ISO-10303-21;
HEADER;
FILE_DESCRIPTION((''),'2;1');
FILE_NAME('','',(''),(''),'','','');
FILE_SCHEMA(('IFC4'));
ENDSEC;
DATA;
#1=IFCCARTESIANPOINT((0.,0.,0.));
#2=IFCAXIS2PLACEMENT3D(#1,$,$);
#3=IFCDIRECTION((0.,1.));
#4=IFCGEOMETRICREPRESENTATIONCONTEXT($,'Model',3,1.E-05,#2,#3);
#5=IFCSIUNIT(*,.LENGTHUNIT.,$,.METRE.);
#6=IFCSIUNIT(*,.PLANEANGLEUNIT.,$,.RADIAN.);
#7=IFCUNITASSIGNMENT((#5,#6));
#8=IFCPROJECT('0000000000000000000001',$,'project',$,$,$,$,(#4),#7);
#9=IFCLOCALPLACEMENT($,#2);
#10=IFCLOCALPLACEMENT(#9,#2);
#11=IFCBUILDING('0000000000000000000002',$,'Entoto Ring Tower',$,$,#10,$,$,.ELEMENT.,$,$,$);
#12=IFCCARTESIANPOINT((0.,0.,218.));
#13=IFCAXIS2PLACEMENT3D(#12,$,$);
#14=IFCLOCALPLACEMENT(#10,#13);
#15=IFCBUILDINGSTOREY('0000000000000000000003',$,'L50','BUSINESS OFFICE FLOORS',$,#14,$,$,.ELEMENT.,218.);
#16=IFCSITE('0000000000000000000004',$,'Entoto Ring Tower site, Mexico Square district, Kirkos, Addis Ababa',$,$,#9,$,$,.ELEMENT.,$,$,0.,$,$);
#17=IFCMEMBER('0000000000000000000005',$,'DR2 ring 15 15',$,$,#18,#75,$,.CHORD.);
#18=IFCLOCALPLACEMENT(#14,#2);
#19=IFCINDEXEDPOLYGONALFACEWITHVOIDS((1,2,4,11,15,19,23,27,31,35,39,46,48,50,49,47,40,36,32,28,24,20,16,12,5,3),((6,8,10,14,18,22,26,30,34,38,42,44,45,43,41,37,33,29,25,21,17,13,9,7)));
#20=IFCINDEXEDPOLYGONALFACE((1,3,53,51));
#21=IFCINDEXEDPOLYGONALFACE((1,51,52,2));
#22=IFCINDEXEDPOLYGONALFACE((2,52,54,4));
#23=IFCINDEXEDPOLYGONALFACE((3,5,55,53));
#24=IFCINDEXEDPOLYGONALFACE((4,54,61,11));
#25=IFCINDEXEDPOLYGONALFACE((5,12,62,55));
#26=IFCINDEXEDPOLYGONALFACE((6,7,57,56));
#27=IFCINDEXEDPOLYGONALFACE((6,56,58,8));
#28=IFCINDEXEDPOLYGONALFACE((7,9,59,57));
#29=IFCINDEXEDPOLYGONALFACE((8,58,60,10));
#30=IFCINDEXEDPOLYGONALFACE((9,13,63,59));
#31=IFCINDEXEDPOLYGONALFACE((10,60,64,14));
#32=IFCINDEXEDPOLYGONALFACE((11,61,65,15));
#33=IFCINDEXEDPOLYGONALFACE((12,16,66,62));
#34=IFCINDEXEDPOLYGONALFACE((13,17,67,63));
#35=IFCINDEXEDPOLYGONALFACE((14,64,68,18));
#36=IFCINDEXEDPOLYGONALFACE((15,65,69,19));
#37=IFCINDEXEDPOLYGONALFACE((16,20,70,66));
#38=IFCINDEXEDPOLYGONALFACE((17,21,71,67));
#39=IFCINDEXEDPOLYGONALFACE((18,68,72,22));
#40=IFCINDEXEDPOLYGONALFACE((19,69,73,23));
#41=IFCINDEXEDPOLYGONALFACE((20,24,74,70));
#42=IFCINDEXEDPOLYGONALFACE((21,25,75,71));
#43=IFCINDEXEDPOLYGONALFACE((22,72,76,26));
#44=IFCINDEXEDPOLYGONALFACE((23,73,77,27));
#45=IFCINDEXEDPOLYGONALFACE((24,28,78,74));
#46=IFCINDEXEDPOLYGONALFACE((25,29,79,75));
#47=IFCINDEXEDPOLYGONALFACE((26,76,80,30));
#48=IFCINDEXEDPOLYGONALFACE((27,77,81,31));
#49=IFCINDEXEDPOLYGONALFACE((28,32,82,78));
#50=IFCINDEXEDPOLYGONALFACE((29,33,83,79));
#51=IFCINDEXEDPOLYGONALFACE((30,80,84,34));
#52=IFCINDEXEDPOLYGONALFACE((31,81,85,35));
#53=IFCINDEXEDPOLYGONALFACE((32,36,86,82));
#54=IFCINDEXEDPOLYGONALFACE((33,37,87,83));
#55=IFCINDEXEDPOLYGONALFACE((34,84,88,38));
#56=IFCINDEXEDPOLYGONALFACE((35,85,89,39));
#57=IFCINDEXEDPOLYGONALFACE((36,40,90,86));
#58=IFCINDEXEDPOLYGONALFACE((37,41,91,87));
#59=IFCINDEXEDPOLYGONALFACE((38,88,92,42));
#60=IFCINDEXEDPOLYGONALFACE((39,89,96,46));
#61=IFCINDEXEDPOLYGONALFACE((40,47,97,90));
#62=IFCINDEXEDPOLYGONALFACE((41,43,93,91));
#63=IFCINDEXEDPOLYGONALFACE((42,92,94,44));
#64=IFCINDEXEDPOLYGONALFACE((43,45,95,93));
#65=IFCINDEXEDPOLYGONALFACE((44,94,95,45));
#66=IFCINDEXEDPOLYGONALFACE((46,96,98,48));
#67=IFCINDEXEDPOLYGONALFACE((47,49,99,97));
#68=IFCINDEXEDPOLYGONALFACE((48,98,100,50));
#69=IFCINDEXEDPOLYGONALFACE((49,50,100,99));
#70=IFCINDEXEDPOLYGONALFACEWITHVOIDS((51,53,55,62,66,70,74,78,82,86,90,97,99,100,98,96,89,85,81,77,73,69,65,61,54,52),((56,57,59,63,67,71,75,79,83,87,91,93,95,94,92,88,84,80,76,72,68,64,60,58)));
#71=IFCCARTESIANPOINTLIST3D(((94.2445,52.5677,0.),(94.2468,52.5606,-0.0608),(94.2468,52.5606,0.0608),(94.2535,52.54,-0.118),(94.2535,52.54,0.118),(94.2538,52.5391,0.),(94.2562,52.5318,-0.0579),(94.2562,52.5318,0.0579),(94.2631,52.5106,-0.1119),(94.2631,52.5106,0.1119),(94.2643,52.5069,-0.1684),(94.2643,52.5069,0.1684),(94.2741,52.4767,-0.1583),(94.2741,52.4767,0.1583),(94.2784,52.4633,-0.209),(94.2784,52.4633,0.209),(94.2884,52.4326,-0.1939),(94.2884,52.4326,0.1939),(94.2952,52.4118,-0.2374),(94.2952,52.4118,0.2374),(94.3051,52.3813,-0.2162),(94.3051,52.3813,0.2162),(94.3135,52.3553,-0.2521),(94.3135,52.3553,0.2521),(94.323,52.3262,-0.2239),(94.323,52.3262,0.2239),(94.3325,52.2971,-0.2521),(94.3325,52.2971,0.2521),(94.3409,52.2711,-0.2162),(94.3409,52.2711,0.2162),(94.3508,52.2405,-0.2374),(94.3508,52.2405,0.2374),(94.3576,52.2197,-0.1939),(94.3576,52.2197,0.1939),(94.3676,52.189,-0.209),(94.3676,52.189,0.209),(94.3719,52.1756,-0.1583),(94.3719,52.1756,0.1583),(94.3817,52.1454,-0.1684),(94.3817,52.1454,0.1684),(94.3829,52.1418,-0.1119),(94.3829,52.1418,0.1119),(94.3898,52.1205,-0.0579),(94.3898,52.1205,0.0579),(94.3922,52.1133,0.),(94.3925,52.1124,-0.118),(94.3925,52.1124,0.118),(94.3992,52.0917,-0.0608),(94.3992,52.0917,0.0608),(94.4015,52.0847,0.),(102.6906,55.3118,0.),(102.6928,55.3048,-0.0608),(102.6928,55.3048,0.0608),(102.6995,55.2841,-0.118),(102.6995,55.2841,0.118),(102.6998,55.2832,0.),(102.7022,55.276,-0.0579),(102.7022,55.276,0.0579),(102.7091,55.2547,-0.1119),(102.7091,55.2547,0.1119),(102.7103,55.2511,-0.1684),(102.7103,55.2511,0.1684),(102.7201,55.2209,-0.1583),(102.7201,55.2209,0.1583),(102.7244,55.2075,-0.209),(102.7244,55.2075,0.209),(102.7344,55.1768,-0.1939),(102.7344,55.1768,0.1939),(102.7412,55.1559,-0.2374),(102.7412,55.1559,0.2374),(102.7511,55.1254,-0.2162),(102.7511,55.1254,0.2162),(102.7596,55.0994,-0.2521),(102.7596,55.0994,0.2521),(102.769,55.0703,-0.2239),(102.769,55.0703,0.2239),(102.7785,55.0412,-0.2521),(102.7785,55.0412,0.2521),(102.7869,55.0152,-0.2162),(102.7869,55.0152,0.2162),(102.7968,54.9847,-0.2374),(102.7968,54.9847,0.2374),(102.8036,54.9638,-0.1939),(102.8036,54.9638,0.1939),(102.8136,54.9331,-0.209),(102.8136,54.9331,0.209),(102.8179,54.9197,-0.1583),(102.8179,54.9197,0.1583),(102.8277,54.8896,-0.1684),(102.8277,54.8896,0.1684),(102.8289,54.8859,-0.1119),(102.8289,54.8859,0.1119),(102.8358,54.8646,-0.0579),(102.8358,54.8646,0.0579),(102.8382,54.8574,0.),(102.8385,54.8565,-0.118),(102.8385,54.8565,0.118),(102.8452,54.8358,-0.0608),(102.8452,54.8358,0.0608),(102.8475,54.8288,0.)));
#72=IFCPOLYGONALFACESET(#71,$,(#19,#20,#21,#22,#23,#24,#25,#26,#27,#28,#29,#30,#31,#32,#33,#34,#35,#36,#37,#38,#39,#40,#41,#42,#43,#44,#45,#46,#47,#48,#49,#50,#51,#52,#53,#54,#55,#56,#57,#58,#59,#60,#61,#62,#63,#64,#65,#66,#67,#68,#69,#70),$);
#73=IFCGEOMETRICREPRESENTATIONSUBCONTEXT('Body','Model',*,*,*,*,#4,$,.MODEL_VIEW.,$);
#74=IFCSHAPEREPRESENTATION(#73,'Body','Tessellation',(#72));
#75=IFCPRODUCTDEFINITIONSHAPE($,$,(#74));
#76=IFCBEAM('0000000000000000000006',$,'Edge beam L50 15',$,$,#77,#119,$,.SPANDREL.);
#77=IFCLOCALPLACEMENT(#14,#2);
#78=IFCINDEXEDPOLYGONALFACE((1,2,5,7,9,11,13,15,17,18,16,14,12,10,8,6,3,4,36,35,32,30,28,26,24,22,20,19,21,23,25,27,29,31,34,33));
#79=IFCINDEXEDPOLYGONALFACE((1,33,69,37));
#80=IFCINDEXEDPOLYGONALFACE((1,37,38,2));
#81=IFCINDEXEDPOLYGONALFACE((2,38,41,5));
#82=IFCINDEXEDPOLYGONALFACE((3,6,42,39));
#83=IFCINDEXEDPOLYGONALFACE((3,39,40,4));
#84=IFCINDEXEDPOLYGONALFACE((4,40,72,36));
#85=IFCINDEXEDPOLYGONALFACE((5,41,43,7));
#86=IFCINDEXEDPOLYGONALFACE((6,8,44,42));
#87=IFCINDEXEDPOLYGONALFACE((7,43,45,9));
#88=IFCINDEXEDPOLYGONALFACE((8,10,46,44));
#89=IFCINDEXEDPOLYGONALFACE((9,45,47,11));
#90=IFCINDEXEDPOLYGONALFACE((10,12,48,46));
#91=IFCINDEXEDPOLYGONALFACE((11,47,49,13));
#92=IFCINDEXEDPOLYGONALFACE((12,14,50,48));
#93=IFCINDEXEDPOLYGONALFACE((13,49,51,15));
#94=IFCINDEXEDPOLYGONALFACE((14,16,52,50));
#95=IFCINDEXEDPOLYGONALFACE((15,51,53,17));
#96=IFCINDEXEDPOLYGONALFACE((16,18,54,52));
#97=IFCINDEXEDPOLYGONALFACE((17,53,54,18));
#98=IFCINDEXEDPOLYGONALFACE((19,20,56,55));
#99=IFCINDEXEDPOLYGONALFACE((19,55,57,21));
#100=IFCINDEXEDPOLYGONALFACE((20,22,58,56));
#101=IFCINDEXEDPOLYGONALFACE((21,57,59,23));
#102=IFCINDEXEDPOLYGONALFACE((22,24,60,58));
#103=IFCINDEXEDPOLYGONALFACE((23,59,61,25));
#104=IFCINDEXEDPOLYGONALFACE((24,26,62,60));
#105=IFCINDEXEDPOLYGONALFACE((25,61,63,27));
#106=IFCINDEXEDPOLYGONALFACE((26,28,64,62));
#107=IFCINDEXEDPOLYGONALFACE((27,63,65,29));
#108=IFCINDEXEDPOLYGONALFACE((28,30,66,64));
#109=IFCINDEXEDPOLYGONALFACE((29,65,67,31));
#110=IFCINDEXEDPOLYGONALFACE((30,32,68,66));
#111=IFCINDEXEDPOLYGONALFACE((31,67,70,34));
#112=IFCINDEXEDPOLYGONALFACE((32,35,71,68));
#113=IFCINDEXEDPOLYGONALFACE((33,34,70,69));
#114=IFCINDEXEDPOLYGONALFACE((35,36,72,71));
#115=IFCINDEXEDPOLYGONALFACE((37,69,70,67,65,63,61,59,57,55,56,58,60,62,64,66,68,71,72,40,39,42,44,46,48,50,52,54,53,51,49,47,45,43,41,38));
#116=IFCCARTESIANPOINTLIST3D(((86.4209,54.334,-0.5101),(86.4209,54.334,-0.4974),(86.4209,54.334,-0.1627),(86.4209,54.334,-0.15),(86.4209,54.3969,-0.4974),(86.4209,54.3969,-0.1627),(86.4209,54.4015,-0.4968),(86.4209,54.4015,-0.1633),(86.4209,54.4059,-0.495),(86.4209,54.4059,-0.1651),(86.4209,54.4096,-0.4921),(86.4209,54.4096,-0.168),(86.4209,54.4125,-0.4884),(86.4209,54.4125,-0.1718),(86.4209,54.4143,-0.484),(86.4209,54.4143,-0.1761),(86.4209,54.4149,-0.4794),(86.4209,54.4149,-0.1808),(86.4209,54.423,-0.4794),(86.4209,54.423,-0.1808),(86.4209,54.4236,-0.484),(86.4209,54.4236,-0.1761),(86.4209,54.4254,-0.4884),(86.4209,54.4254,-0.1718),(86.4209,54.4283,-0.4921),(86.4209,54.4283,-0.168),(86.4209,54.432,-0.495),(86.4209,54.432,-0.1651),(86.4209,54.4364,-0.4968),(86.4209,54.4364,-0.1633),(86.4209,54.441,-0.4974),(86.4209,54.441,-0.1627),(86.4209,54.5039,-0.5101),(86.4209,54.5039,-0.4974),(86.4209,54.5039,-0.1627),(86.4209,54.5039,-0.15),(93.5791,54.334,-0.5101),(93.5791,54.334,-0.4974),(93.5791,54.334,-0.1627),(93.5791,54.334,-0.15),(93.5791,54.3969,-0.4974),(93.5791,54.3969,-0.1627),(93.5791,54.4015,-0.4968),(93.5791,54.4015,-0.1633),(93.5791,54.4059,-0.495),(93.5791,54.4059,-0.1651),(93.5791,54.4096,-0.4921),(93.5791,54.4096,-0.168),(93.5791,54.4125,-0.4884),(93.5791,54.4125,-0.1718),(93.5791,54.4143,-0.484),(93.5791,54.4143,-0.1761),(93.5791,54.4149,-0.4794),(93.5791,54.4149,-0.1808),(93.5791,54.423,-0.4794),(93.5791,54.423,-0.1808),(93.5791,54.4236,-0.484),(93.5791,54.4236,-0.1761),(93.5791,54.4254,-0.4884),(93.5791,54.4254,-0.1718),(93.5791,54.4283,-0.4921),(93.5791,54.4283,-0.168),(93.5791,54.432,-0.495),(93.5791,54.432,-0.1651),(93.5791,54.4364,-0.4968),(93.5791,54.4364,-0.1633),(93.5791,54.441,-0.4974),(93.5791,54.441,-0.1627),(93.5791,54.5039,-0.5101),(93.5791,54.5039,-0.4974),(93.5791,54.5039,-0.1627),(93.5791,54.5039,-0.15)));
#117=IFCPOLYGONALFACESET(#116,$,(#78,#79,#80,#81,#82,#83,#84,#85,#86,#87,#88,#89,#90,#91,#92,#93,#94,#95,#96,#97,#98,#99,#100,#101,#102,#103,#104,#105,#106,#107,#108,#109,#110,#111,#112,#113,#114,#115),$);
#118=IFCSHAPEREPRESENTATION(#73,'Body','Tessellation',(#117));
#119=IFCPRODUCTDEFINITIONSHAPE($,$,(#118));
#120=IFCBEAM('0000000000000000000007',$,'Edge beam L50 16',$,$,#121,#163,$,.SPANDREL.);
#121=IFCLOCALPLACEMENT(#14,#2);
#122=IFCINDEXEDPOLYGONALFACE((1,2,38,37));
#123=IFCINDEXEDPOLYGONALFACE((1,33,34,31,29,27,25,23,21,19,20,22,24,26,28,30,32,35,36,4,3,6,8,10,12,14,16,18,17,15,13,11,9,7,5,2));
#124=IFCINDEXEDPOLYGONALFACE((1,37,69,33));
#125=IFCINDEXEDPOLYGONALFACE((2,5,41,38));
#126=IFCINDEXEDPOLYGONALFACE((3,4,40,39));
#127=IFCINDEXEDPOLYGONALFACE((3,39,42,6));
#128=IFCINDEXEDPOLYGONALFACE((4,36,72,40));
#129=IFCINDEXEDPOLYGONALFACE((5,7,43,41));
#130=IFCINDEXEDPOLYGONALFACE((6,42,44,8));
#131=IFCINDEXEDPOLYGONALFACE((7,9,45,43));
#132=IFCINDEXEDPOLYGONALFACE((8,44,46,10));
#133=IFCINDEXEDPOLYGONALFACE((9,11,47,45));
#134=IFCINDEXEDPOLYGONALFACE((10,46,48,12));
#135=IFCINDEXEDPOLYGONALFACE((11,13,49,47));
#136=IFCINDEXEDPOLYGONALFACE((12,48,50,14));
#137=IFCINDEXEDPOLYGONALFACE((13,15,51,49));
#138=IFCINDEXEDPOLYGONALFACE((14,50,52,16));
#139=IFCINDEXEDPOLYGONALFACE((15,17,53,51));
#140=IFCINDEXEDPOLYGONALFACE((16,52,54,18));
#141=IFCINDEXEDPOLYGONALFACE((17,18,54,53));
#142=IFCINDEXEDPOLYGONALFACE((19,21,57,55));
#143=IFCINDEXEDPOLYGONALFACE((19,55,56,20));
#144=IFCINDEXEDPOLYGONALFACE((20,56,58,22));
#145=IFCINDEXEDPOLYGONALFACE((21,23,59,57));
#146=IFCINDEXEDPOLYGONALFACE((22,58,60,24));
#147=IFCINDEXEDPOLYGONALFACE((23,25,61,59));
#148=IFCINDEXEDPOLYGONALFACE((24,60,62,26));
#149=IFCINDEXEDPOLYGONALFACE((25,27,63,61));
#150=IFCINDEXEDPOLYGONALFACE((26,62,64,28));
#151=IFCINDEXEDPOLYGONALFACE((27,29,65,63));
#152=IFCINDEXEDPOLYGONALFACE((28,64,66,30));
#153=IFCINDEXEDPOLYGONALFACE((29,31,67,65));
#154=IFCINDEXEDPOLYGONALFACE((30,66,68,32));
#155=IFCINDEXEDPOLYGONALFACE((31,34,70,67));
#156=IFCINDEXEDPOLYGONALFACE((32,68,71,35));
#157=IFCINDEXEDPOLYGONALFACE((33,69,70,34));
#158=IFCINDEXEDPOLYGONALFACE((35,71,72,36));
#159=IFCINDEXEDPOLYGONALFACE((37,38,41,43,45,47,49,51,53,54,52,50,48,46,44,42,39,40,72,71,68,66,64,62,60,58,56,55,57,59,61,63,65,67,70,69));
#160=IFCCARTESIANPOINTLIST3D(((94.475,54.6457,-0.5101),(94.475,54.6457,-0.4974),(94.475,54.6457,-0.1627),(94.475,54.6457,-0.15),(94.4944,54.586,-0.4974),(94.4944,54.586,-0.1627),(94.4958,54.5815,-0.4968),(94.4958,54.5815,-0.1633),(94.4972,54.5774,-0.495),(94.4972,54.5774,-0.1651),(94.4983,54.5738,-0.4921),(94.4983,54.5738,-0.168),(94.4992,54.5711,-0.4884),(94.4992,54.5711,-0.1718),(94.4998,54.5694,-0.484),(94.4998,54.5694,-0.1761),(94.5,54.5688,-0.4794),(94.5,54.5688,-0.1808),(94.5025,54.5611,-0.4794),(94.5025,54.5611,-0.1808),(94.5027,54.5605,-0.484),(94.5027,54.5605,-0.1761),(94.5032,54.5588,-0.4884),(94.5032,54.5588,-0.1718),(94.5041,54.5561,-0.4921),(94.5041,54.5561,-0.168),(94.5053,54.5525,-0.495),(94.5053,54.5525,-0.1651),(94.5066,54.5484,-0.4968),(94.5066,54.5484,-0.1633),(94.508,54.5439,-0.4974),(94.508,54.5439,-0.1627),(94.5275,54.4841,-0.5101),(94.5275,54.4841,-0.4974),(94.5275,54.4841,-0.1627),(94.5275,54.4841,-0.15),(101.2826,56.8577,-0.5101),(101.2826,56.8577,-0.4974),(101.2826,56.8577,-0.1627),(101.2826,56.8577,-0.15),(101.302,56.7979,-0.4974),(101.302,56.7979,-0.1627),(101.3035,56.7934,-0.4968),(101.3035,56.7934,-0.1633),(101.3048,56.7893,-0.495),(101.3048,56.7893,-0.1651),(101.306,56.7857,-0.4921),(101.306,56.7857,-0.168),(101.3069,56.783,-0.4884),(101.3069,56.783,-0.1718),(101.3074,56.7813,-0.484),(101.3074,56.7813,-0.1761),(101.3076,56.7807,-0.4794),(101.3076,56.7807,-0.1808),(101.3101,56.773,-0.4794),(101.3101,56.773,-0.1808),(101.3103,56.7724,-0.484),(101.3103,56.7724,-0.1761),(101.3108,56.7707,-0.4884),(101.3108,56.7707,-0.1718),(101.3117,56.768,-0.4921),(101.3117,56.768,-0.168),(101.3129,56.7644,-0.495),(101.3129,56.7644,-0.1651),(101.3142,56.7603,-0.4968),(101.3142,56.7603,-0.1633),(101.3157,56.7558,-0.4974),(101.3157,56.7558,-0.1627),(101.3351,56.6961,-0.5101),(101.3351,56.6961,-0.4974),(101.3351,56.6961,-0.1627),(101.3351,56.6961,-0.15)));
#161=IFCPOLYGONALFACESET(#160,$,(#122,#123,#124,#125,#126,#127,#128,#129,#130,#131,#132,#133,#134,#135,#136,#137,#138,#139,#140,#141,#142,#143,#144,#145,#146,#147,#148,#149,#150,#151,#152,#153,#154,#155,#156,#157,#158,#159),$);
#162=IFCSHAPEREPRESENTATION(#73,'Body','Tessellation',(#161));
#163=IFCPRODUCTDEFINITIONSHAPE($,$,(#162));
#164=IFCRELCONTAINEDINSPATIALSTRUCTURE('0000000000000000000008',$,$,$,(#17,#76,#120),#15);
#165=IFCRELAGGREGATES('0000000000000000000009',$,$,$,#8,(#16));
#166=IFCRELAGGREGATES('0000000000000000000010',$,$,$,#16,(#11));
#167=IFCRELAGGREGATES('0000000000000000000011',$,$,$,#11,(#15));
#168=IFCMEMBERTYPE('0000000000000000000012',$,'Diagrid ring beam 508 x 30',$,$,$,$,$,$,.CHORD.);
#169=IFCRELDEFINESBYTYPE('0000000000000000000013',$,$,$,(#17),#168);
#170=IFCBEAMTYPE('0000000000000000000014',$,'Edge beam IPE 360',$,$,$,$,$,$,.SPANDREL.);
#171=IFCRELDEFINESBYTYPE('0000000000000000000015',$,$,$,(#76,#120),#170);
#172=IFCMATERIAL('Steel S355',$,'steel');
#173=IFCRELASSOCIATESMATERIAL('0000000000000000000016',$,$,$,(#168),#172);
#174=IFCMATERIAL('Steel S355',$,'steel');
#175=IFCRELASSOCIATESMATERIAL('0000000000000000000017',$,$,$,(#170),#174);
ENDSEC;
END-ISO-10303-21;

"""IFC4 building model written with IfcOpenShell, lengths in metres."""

from ifc_helpers import new_model, si_unit, direction, frame, origin, origin_2d, place, context, subcontext, project, spatial, circle, hollow_circle, i_section, extrude, material, material_profile, profile_set, type_object, element, save


model = new_model("IFC4")

# Units and contexts
model_context = context("Model", 3, precision=1e-05, world=origin(), true_north=direction((0.0, 1.0)))
body_context = subcontext(model_context, "Body", "Model", "MODEL_VIEW")
ifc_project = project(units=[si_unit("LENGTHUNIT", "METRE"), si_unit("PLANEANGLEUNIT", "RADIAN")], contexts=[model_context])

# Site, building, storey
site_placement = place(None, origin())
site = spatial("IfcSite", under=ifc_project, at=site_placement, Name="Entoto Ring Tower site, Mexico Square district, Kirkos, Addis Ababa", CompositionType="ELEMENT", RefElevation=0.0)
building_placement = place(site_placement, origin())
building = spatial("IfcBuilding", under=site, at=building_placement, Name="Entoto Ring Tower", CompositionType="ELEMENT")
storey_placement = place(building_placement, frame((0.0, 0.0, 218.0)))
storey = spatial("IfcBuildingStorey", under=building, at=storey_placement, Name="L50", Description="BUSINESS OFFICE FLOORS", CompositionType="ELEMENT", Elevation=218.0)

# Member
ifc_material_1 = material(Name="Steel S355", Category="steel")
ifc_material_profile_1 = material_profile(ifc_material_1, hollow_circle(Radius=0.2539, WallThickness=0.03, at=origin_2d()), Name="CHS 508 x 30")
ifc_material_2 = material(Name="Concrete C60/75", Category="concrete")
ifc_material_profile_2 = material_profile(ifc_material_2, circle(Radius=0.2241, at=origin_2d()), Name="Concrete C60/75 infill")
ifc_profile_set_1 = profile_set([ifc_material_profile_1, ifc_material_profile_2], Name="Steel S355")
member_type_1 = type_object("IfcMemberType", Name="Diagrid ring beam 508 x 30", PredefinedType="CHORD", material=ifc_profile_set_1)
member_1_placement = place(storey_placement, frame((94.323, 52.3262, 0.0), z_axis=(0.951061, 0.309002, 0.0), x_axis=(-0.309002, 0.951061, 0.0)))
element("IfcMember", 1, at=member_1_placement, inside=storey, type_object=member_type_1, Name="DR2 ring 15 15", PredefinedType="CHORD", context=body_context, shape_type="SweptSolid", body=[
    extrude(hollow_circle(Radius=0.2539, WallThickness=0.03, at=origin_2d()), origin(), (0.0, 0.0, 1.0), 8.8806),
])

# Beams
ifc_material_3 = material(Name="Steel S355", Category="steel")
ifc_material_profile_3 = material_profile(ifc_material_3, i_section(OverallWidth=0.1699, OverallDepth=0.3601, WebThickness=0.0081, FlangeThickness=0.0127, FilletRadius=0.0181, at=origin_2d()), Name="IPE 360")
ifc_profile_set_2 = profile_set([ifc_material_profile_3], Name="Steel S355")
beam_type_1 = type_object("IfcBeamType", Name="Edge beam IPE 360", PredefinedType="SPANDREL", material=ifc_profile_set_2)
beam_1_placement = place(storey_placement, frame((86.4209, 54.4189, -0.3301), z_axis=(1.0, 0.0, 0.0), x_axis=(0.0, 1.0, 0.0)))
element("IfcBeam", 2, at=beam_1_placement, inside=storey, type_object=beam_type_1, Name="Edge beam L50 15", PredefinedType="SPANDREL", context=body_context, shape_type="SweptSolid", body=[
    extrude(i_section(OverallWidth=0.1699, OverallDepth=0.3601, WebThickness=0.0081, FlangeThickness=0.0127, FilletRadius=0.0181, at=origin_2d()), origin(), (0.0, 0.0, 1.0), 7.1582),
])
beam_2_placement = place(storey_placement, frame((94.5012, 54.5649, -0.3301), z_axis=(0.951057, 0.309015, 0.0), x_axis=(-0.309015, 0.951057, 0.0)))
element("IfcBeam", 3, at=beam_2_placement, inside=storey, type_object=beam_type_1, Name="Edge beam L50 16", PredefinedType="SPANDREL", context=body_context, shape_type="SweptSolid", body=[
    extrude(i_section(OverallWidth=0.1699, OverallDepth=0.3601, WebThickness=0.0081, FlangeThickness=0.0127, FilletRadius=0.0181, at=origin_2d()), origin(), (0.0, 0.0, 1.0), 7.158),
])

save(model, "model.ifc")
